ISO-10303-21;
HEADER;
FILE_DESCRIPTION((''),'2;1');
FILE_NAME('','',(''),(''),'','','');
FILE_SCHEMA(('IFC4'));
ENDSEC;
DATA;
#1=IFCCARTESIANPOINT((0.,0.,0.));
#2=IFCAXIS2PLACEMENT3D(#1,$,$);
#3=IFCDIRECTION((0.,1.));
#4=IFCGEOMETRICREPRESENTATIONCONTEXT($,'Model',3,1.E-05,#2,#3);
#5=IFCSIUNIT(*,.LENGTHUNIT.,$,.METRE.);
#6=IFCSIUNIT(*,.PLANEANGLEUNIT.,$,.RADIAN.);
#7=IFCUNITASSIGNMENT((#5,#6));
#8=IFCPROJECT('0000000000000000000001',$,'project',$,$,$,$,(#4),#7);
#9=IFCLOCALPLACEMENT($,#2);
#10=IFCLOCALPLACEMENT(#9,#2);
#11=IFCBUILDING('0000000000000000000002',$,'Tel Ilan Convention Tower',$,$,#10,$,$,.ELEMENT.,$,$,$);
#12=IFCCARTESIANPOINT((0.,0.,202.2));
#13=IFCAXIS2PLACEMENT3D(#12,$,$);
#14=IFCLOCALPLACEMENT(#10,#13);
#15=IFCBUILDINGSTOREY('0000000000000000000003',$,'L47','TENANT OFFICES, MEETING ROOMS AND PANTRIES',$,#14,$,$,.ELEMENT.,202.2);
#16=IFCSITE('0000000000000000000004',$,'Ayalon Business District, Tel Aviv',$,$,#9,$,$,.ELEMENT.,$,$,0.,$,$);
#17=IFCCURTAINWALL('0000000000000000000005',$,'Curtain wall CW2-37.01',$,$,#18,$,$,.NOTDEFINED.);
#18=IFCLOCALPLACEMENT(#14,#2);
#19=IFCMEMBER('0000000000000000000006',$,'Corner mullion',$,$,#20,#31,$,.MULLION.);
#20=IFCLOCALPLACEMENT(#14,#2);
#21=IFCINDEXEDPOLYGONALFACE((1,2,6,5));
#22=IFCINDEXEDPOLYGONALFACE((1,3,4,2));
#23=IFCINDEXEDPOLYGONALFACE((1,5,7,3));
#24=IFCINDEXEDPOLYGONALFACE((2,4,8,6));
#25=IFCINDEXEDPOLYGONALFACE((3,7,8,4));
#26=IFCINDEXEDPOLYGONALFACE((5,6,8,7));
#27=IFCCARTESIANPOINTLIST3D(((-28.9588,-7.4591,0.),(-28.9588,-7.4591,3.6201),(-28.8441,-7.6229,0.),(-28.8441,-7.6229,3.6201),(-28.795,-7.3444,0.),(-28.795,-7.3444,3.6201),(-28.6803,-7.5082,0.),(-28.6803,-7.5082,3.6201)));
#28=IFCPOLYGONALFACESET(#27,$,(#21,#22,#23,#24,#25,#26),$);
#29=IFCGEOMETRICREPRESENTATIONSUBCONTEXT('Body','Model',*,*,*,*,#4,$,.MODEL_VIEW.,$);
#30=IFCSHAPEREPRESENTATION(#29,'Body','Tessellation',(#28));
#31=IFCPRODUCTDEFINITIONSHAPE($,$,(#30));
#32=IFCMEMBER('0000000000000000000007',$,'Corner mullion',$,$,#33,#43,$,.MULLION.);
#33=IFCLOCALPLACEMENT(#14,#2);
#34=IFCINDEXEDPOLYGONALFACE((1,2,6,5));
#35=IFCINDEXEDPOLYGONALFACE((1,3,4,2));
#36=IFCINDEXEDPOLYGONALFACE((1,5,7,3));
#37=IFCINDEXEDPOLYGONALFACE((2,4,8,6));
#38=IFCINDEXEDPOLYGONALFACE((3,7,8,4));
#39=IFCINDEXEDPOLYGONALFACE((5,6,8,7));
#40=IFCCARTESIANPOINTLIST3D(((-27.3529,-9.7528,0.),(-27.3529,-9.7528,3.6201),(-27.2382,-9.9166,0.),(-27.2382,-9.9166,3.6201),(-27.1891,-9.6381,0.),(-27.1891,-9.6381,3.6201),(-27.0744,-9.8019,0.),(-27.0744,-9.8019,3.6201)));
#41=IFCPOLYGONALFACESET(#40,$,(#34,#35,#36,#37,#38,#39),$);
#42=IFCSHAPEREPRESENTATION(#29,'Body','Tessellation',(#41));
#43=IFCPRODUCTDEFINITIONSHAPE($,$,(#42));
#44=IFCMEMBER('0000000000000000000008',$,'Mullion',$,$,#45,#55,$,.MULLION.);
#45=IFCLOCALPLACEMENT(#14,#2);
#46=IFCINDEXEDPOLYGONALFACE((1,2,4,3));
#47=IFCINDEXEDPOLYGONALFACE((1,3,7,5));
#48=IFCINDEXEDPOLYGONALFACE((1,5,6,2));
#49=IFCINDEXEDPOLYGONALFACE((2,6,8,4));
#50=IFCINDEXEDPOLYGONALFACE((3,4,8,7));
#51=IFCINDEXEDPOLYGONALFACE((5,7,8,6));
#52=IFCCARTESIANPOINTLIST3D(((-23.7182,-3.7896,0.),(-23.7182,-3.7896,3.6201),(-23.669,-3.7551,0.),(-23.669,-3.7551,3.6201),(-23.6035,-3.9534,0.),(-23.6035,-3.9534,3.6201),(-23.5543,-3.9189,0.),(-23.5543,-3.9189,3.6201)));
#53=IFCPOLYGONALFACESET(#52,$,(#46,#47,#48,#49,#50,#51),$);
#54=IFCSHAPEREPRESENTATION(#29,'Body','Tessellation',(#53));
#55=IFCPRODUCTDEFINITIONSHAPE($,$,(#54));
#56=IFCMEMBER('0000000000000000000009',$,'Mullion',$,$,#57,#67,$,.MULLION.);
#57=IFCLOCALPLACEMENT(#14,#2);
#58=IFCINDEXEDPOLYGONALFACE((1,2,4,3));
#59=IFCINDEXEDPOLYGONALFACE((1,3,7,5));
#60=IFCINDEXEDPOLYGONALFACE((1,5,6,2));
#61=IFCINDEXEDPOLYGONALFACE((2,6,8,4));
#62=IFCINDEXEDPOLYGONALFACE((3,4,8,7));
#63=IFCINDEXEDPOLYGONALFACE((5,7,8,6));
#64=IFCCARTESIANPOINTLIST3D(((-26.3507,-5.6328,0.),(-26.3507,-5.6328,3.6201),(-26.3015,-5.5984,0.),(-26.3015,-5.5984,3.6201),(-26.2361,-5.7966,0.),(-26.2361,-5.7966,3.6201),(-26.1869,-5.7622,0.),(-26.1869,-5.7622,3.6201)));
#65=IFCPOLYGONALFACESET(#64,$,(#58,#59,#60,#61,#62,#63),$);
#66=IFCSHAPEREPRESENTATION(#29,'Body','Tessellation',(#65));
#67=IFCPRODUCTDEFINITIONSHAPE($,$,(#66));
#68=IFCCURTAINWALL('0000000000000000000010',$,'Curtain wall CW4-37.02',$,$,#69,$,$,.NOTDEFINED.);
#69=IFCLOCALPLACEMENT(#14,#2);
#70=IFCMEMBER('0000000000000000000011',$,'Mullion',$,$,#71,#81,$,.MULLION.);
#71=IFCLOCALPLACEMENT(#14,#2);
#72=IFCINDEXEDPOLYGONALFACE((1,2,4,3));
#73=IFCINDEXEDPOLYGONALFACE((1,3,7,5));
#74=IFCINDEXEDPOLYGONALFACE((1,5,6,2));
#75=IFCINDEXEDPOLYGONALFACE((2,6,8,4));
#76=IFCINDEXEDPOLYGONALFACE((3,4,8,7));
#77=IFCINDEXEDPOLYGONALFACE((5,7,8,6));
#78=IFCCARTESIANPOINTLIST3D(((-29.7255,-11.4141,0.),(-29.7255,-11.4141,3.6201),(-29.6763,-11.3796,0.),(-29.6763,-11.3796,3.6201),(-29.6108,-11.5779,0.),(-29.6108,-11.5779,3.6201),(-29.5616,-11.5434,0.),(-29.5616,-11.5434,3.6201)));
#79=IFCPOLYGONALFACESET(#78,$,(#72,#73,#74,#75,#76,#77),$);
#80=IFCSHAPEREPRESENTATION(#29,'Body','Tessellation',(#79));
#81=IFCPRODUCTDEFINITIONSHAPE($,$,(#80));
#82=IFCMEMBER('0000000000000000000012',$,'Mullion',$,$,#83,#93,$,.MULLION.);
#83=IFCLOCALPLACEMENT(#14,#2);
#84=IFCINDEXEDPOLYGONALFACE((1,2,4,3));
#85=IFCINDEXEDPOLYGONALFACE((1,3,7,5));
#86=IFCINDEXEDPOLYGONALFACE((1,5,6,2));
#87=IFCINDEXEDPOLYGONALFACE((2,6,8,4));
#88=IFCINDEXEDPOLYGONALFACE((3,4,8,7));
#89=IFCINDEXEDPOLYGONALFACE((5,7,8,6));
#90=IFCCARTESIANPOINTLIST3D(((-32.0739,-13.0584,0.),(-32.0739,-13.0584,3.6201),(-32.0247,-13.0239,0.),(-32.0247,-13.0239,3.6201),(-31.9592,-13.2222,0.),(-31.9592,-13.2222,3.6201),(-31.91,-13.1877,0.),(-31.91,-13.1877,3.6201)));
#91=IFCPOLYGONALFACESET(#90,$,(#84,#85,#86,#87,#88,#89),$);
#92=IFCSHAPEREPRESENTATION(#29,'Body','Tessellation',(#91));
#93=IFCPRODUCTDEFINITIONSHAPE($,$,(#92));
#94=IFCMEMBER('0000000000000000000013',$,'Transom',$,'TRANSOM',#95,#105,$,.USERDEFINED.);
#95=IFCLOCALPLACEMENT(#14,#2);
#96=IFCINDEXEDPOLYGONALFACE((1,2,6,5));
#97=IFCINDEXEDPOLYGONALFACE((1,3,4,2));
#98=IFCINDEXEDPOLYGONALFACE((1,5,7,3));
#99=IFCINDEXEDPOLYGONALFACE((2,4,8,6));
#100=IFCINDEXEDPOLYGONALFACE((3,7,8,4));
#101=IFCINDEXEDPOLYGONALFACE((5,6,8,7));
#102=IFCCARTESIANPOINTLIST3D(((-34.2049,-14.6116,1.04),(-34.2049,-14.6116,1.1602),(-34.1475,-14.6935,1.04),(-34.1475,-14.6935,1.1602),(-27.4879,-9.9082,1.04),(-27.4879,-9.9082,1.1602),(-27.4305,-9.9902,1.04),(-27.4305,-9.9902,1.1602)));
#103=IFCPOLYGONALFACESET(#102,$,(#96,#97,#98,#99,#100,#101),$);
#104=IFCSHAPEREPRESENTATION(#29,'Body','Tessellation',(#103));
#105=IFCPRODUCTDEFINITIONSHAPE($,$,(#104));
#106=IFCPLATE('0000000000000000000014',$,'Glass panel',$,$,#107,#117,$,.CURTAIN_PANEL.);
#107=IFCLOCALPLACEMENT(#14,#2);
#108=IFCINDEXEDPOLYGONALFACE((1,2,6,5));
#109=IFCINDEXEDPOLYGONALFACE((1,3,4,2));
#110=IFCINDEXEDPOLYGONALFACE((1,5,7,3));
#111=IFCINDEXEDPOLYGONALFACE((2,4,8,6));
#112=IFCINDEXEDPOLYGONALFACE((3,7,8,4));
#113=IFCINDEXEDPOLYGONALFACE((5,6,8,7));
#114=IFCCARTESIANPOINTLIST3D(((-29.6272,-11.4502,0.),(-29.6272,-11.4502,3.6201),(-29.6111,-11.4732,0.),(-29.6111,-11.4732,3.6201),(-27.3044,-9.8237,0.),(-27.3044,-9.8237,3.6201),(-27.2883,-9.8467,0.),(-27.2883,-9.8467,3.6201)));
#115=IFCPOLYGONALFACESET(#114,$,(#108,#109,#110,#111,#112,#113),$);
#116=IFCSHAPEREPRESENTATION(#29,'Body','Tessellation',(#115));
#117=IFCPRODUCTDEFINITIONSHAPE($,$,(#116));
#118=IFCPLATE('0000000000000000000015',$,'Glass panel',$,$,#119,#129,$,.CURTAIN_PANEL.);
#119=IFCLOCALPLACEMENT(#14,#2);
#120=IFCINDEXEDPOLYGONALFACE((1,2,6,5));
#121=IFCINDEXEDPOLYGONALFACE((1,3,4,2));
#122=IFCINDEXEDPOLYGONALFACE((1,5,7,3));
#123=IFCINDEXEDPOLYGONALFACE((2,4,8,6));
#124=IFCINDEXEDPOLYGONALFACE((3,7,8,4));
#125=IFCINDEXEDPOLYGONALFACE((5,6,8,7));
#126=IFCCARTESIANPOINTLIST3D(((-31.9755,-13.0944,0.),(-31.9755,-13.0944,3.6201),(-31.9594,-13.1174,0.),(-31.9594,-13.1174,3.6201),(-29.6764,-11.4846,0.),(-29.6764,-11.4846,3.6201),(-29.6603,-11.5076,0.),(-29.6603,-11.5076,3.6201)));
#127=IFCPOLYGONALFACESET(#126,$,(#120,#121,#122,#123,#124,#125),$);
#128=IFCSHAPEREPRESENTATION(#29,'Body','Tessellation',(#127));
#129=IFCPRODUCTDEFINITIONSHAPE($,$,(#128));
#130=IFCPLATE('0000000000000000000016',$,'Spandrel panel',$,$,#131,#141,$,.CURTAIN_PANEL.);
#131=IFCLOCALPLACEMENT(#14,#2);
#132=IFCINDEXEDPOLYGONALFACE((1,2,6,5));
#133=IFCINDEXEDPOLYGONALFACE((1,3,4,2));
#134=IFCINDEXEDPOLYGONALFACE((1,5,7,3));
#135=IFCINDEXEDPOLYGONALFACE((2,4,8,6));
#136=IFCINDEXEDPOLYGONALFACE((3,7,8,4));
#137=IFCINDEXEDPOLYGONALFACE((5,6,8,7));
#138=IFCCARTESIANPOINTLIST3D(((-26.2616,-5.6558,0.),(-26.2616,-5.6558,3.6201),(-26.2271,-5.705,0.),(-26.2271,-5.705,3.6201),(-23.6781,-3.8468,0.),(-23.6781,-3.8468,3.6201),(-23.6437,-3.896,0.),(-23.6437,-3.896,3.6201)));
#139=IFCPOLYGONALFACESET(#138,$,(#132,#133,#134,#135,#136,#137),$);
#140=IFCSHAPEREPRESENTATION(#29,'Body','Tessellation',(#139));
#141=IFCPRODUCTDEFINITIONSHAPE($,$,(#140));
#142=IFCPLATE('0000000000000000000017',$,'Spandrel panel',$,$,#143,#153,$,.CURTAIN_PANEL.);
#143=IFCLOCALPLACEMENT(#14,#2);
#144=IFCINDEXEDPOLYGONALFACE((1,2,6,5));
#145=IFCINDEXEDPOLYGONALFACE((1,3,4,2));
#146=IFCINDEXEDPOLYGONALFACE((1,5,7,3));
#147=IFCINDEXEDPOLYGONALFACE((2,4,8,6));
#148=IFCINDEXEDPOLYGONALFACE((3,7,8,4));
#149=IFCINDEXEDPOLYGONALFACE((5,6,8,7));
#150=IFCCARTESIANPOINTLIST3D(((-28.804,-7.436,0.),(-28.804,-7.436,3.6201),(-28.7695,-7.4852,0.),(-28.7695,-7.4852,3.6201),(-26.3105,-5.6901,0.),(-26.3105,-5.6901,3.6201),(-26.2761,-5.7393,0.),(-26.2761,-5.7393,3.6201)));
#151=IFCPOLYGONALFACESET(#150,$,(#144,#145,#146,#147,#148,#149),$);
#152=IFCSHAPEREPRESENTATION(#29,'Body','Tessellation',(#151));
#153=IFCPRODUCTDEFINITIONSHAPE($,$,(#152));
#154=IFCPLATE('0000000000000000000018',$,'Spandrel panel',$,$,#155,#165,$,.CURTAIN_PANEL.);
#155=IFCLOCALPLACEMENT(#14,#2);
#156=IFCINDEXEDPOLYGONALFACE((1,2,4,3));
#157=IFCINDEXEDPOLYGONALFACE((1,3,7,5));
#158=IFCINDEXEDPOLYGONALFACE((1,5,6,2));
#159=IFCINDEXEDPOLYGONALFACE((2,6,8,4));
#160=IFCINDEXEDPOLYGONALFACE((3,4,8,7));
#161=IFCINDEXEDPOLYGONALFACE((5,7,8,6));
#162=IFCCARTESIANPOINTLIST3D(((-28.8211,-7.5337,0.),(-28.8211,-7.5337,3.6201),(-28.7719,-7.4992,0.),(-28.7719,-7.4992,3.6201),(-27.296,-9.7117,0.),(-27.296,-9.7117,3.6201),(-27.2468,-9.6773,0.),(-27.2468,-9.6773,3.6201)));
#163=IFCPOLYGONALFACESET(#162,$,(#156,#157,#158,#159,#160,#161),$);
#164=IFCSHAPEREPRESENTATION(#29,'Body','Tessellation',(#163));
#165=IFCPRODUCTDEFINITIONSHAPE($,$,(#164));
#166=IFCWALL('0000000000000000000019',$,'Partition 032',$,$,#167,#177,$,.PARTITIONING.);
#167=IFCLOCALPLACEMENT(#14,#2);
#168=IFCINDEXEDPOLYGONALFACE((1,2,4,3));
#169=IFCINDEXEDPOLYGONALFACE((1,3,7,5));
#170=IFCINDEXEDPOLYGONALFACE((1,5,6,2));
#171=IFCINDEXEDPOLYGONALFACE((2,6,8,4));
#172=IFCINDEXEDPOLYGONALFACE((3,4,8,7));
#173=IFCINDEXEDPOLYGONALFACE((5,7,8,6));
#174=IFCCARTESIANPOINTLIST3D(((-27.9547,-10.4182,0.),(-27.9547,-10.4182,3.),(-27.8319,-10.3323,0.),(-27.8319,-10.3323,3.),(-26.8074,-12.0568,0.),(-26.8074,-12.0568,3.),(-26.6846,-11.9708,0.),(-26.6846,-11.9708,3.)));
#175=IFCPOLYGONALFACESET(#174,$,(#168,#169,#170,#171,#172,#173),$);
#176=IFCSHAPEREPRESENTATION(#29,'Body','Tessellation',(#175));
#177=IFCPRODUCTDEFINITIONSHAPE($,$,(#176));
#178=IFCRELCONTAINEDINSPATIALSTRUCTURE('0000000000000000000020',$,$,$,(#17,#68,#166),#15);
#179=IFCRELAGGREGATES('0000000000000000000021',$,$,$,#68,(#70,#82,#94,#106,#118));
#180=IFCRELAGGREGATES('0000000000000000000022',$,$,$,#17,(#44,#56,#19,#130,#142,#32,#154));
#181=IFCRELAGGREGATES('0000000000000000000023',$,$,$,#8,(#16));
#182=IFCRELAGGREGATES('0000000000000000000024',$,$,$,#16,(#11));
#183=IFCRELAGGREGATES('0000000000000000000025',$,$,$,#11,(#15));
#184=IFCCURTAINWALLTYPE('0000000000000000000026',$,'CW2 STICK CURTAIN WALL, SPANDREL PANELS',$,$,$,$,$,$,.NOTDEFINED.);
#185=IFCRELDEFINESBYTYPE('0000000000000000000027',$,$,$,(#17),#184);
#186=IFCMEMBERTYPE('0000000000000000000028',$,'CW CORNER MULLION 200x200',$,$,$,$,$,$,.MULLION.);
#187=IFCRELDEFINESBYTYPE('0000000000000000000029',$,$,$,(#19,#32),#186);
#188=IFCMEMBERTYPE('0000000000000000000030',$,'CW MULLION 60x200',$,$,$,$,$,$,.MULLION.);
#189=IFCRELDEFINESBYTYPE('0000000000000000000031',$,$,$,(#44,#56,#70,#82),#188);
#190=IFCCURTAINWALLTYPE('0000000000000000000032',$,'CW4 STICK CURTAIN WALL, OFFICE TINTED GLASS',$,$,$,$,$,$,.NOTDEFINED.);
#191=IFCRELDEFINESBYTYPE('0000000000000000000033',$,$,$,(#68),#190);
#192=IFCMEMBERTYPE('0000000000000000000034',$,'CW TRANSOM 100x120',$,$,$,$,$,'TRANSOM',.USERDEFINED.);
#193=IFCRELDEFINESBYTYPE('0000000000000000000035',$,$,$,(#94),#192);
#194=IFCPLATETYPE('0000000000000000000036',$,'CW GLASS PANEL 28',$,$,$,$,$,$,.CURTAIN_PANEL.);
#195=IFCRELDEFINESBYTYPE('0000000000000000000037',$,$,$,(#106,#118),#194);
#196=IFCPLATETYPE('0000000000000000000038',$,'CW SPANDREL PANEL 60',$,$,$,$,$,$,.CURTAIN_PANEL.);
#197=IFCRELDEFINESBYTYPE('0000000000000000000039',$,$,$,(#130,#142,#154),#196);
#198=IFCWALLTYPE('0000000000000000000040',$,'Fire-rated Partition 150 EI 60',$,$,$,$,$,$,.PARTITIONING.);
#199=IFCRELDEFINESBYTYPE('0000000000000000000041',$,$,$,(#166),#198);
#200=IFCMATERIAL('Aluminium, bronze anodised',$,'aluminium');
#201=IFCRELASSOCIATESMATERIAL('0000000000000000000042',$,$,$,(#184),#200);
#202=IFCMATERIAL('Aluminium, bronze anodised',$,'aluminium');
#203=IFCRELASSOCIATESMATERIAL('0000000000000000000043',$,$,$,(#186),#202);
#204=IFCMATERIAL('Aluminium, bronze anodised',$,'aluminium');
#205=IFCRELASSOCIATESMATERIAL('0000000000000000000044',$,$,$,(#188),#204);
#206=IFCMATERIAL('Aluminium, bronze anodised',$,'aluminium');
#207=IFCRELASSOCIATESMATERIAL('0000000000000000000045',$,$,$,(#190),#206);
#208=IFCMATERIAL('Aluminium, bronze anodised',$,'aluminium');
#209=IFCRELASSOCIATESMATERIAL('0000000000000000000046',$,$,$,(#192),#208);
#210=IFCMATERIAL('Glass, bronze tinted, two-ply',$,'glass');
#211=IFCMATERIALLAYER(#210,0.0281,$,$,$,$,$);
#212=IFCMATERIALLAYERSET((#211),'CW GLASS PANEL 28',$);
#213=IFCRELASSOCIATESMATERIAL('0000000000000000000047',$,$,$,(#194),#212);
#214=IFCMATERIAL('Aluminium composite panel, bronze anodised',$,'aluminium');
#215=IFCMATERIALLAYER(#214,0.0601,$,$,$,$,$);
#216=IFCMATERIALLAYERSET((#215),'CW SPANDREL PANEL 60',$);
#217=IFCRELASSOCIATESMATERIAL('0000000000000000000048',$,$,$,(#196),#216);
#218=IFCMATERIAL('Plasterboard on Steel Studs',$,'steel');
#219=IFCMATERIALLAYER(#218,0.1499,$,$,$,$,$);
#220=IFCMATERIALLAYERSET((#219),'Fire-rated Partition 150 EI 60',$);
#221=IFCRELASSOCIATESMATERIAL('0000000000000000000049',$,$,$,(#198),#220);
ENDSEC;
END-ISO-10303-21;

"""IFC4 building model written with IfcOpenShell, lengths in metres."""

from ifc_helpers import new_model, si_unit, direction, frame, frame_2d, origin, origin_2d, place, context, subcontext, project, spatial, rectangle, extrude, material, layer, layer_set, material_profile, profile_set, type_object, element, aggregate, save


model = new_model("IFC4")

# Units and contexts
model_context = context("Model", 3, precision=1e-05, world=origin(), true_north=direction((0.0, 1.0)))
body_context = subcontext(model_context, "Body", "Model", "MODEL_VIEW")
ifc_project = project(units=[si_unit("LENGTHUNIT", "METRE"), si_unit("PLANEANGLEUNIT", "RADIAN")], contexts=[model_context])

# Site, building, storey
site_placement = place(None, origin())
site = spatial("IfcSite", under=ifc_project, at=site_placement, Name="Ayalon Business District, Tel Aviv", CompositionType="ELEMENT", RefElevation=0.0)
building_placement = place(site_placement, origin())
building = spatial("IfcBuilding", under=site, at=building_placement, Name="Tel Ilan Convention Tower", CompositionType="ELEMENT")
storey_placement = place(building_placement, frame((0.0, 0.0, 202.2)))
storey = spatial("IfcBuildingStorey", under=building, at=storey_placement, Name="L47", Description="TENANT OFFICES, MEETING ROOMS AND PANTRIES", CompositionType="ELEMENT", Elevation=202.2)

# Curtain wall, members
ifc_material_1 = material(Name="Aluminium, bronze anodised", Category="aluminium")
curtain_wall_type_1 = type_object("IfcCurtainWallType", Name="CW2 STICK CURTAIN WALL, SPANDREL PANELS", PredefinedType="NOTDEFINED", material=ifc_material_1)
curtain_wall_1_placement = place(storey_placement, origin())
curtain_wall_1 = element("IfcCurtainWall", 1, at=curtain_wall_1_placement, inside=storey, type_object=curtain_wall_type_1, Name="Curtain wall CW2-37.01", PredefinedType="NOTDEFINED")
ifc_material_2 = material(Name="Aluminium, bronze anodised", Category="aluminium")
ifc_material_profile_1 = material_profile(ifc_material_2, rectangle(XDim=0.2, YDim=0.2, at=origin_2d()), Name="CW CORNER MULLION 200x200")
ifc_profile_set_1 = profile_set([ifc_material_profile_1], Name="Aluminium, bronze anodised")
member_type_1 = type_object("IfcMemberType", Name="CW CORNER MULLION 200x200", PredefinedType="MULLION", material=ifc_profile_set_1)
member_1_placement = place(storey_placement, frame((-28.8196, -7.4836, 0.0), z_axis=(0.0, 0.0, 1.0), x_axis=(-0.819152, -0.573576, 0.0)))
member_1 = element("IfcMember", 2, at=member_1_placement, type_object=member_type_1, Name="Corner mullion", PredefinedType="MULLION", context=body_context, shape_type="SweptSolid", body=[
    extrude(rectangle(XDim=0.2, YDim=0.2, at=origin_2d()), origin(), (0.0, 0.0, 1.0), 3.6201),
])
member_2_placement = place(storey_placement, frame((-27.2136, -9.7773, 0.0), z_axis=(0.0, 0.0, 1.0), x_axis=(0.573576, -0.819152, 0.0)))
member_2 = element("IfcMember", 3, at=member_2_placement, type_object=member_type_1, Name="Corner mullion", PredefinedType="MULLION", context=body_context, shape_type="SweptSolid", body=[
    extrude(rectangle(XDim=0.2, YDim=0.2, at=origin_2d()), origin(), (0.0, 0.0, 1.0), 3.6201),
])
ifc_material_3 = material(Name="Aluminium, bronze anodised", Category="aluminium")
ifc_material_profile_2 = material_profile(ifc_material_3, rectangle(XDim=0.0601, YDim=0.2, at=origin_2d()), Name="CW MULLION 60x200")
ifc_profile_set_2 = profile_set([ifc_material_profile_2], Name="Aluminium, bronze anodised")
member_type_2 = type_object("IfcMemberType", Name="CW MULLION 60x200", PredefinedType="MULLION", material=ifc_profile_set_2)
member_3_placement = place(storey_placement, frame((-23.6362, -3.8542, 0.0), z_axis=(0.0, 0.0, 1.0), x_axis=(-0.819152, -0.573576, 0.0)))
member_3 = element("IfcMember", 4, at=member_3_placement, type_object=member_type_2, Name="Mullion", PredefinedType="MULLION", context=body_context, shape_type="SweptSolid", body=[
    extrude(rectangle(XDim=0.0601, YDim=0.2, at=origin_2d()), origin(), (0.0, 0.0, 1.0), 3.6201),
])
member_4_placement = place(storey_placement, frame((-26.2688, -5.6975, 0.0), z_axis=(0.0, 0.0, 1.0), x_axis=(-0.819152, -0.573576, 0.0)))
member_4 = element("IfcMember", 5, at=member_4_placement, type_object=member_type_2, Name="Mullion", PredefinedType="MULLION", context=body_context, shape_type="SweptSolid", body=[
    extrude(rectangle(XDim=0.0601, YDim=0.2, at=origin_2d()), origin(), (0.0, 0.0, 1.0), 3.6201),
])

# Curtain wall, members, plates
ifc_material_4 = material(Name="Aluminium, bronze anodised", Category="aluminium")
curtain_wall_type_2 = type_object("IfcCurtainWallType", Name="CW4 STICK CURTAIN WALL, OFFICE TINTED GLASS", PredefinedType="NOTDEFINED", material=ifc_material_4)
curtain_wall_2_placement = place(storey_placement, origin())
curtain_wall_2 = element("IfcCurtainWall", 6, at=curtain_wall_2_placement, inside=storey, type_object=curtain_wall_type_2, Name="Curtain wall CW4-37.02", PredefinedType="NOTDEFINED")
member_5_placement = place(storey_placement, frame((-29.6436, -11.4788, 0.0), z_axis=(0.0, 0.0, 1.0), x_axis=(-0.819152, -0.573576, 0.0)))
member_5 = element("IfcMember", 7, at=member_5_placement, type_object=member_type_2, Name="Mullion", PredefinedType="MULLION", context=body_context, shape_type="SweptSolid", body=[
    extrude(rectangle(XDim=0.0601, YDim=0.2, at=origin_2d()), origin(), (0.0, 0.0, 1.0), 3.6201),
])
member_6_placement = place(storey_placement, frame((-31.9919, -13.123, 0.0), z_axis=(0.0, 0.0, 1.0), x_axis=(-0.819152, -0.573576, 0.0)))
member_6 = element("IfcMember", 8, at=member_6_placement, type_object=member_type_2, Name="Mullion", PredefinedType="MULLION", context=body_context, shape_type="SweptSolid", body=[
    extrude(rectangle(XDim=0.0601, YDim=0.2, at=origin_2d()), origin(), (0.0, 0.0, 1.0), 3.6201),
])
ifc_material_5 = material(Name="Aluminium, bronze anodised", Category="aluminium")
ifc_material_profile_3 = material_profile(ifc_material_5, rectangle(XDim=0.1001, YDim=0.1201, at=origin_2d()), Name="CW TRANSOM 100x120")
ifc_profile_set_3 = profile_set([ifc_material_profile_3], Name="Aluminium, bronze anodised")
member_type_3 = type_object("IfcMemberType", Name="CW TRANSOM 100x120", ElementType="TRANSOM", PredefinedType="USERDEFINED", material=ifc_profile_set_3)
member_7_placement = place(storey_placement, frame((-27.4592, -9.9492, 1.1001), z_axis=(-0.819149, -0.57358, 0.0), x_axis=(0.57358, -0.819149, 0.0)))
member_7 = element("IfcMember", 9, at=member_7_placement, type_object=member_type_3, Name="Transom", ObjectType="TRANSOM", PredefinedType="USERDEFINED", context=body_context, shape_type="SweptSolid", body=[
    extrude(rectangle(XDim=0.1001, YDim=0.1201, at=origin_2d()), origin(), (0.0, 0.0, 1.0), 8.2),
])
ifc_material_6 = material(Name="Glass, bronze tinted, two-ply", Category="glass")
ifc_layer_1 = layer(ifc_material_6, 0.0281)
ifc_layer_set_1 = layer_set([ifc_layer_1], Name="CW GLASS PANEL 28")
plate_type_1 = type_object("IfcPlateType", Name="CW GLASS PANEL 28", PredefinedType="CURTAIN_PANEL", material=ifc_layer_set_1)
plate_1_placement = place(storey_placement, frame((-28.4578, -10.6484, 0.0), z_axis=(0.0, 0.0, 1.0), x_axis=(-0.819152, -0.573576, 0.0)))
plate_1 = element("IfcPlate", 10, at=plate_1_placement, type_object=plate_type_1, Name="Glass panel", PredefinedType="CURTAIN_PANEL", context=body_context, shape_type="SweptSolid", body=[
    extrude(rectangle(XDim=2.8357, YDim=0.0281, at=origin_2d()), origin(), (0.0, 0.0, 1.0), 3.6201),
])
plate_2_placement = place(storey_placement, frame((-30.8179, -12.301, 0.0), z_axis=(0.0, 0.0, 1.0), x_axis=(-0.819152, -0.573576, 0.0)))
plate_2 = element("IfcPlate", 11, at=plate_2_placement, type_object=plate_type_1, Name="Glass panel", PredefinedType="CURTAIN_PANEL", context=body_context, shape_type="SweptSolid", body=[
    extrude(rectangle(XDim=2.8066, YDim=0.0281, at=origin_2d()), origin(), (0.0, 0.0, 1.0), 3.6201),
])
aggregate(curtain_wall_2, [member_5, member_6, member_7, plate_1, plate_2])

# Plates
ifc_material_7 = material(Name="Aluminium composite panel, bronze anodised", Category="aluminium")
ifc_layer_2 = layer(ifc_material_7, 0.0601)
ifc_layer_set_2 = layer_set([ifc_layer_2], Name="CW SPANDREL PANEL 60")
plate_type_2 = type_object("IfcPlateType", Name="CW SPANDREL PANEL 60", PredefinedType="CURTAIN_PANEL", material=ifc_layer_set_2)
plate_3_placement = place(storey_placement, frame((-24.9526, -4.7759, 0.0), z_axis=(0.0, 0.0, 1.0), x_axis=(-0.819152, -0.573576, 0.0)))
plate_3 = element("IfcPlate", 12, at=plate_3_placement, type_object=plate_type_2, Name="Spandrel panel", PredefinedType="CURTAIN_PANEL", context=body_context, shape_type="SweptSolid", body=[
    extrude(rectangle(XDim=3.1538, YDim=0.0601, at=origin_2d()), origin(), (0.0, 0.0, 1.0), 3.6201),
])
plate_4_placement = place(storey_placement, frame((-27.54, -6.5876, 0.0), z_axis=(0.0, 0.0, 1.0), x_axis=(-0.819152, -0.573576, 0.0)))
plate_4 = element("IfcPlate", 13, at=plate_4_placement, type_object=plate_type_2, Name="Spandrel panel", PredefinedType="CURTAIN_PANEL", context=body_context, shape_type="SweptSolid", body=[
    extrude(rectangle(XDim=3.0439, YDim=0.0601, at=origin_2d()), origin(), (0.0, 0.0, 1.0), 3.6201),
])
plate_5_placement = place(storey_placement, frame((-28.0339, -8.6055, 0.0), z_axis=(0.0, 0.0, 1.0), x_axis=(0.573576, -0.819152, 0.0)))
plate_5 = element("IfcPlate", 14, at=plate_5_placement, type_object=plate_type_2, Name="Spandrel panel", PredefinedType="CURTAIN_PANEL", context=body_context, shape_type="SweptSolid", body=[
    extrude(rectangle(XDim=2.6589, YDim=0.0601, at=origin_2d()), origin(), (0.0, 0.0, 1.0), 3.6201),
])
aggregate(curtain_wall_1, [member_3, member_4, member_1, plate_3, plate_4, member_2, plate_5])

# Wall
ifc_material_8 = material(Name="Plasterboard on Steel Studs", Category="steel")
ifc_layer_3 = layer(ifc_material_8, 0.1499)
ifc_layer_set_3 = layer_set([ifc_layer_3], Name="Fire-rated Partition 150 EI 60")
wall_type_1 = type_object("IfcWallType", Name="Fire-rated Partition 150 EI 60", PredefinedType="PARTITIONING", material=ifc_layer_set_3)
wall_1_placement = place(storey_placement, frame((-26.7461, -12.0137, 0.0), z_axis=(0.0, 0.0, 1.0), x_axis=(-0.573569, 0.819157, 0.0)))
element("IfcWall", 15, at=wall_1_placement, inside=storey, type_object=wall_type_1, Name="Partition 032", PredefinedType="PARTITIONING", context=body_context, shape_type="SweptSolid", body=[
    extrude(rectangle(XDim=2.0002, YDim=0.1499, at=frame_2d((1.0, 0.0))), origin(), (0.0, 0.0, 1.0), 3.0),
])

save(model, "model.ifc")
